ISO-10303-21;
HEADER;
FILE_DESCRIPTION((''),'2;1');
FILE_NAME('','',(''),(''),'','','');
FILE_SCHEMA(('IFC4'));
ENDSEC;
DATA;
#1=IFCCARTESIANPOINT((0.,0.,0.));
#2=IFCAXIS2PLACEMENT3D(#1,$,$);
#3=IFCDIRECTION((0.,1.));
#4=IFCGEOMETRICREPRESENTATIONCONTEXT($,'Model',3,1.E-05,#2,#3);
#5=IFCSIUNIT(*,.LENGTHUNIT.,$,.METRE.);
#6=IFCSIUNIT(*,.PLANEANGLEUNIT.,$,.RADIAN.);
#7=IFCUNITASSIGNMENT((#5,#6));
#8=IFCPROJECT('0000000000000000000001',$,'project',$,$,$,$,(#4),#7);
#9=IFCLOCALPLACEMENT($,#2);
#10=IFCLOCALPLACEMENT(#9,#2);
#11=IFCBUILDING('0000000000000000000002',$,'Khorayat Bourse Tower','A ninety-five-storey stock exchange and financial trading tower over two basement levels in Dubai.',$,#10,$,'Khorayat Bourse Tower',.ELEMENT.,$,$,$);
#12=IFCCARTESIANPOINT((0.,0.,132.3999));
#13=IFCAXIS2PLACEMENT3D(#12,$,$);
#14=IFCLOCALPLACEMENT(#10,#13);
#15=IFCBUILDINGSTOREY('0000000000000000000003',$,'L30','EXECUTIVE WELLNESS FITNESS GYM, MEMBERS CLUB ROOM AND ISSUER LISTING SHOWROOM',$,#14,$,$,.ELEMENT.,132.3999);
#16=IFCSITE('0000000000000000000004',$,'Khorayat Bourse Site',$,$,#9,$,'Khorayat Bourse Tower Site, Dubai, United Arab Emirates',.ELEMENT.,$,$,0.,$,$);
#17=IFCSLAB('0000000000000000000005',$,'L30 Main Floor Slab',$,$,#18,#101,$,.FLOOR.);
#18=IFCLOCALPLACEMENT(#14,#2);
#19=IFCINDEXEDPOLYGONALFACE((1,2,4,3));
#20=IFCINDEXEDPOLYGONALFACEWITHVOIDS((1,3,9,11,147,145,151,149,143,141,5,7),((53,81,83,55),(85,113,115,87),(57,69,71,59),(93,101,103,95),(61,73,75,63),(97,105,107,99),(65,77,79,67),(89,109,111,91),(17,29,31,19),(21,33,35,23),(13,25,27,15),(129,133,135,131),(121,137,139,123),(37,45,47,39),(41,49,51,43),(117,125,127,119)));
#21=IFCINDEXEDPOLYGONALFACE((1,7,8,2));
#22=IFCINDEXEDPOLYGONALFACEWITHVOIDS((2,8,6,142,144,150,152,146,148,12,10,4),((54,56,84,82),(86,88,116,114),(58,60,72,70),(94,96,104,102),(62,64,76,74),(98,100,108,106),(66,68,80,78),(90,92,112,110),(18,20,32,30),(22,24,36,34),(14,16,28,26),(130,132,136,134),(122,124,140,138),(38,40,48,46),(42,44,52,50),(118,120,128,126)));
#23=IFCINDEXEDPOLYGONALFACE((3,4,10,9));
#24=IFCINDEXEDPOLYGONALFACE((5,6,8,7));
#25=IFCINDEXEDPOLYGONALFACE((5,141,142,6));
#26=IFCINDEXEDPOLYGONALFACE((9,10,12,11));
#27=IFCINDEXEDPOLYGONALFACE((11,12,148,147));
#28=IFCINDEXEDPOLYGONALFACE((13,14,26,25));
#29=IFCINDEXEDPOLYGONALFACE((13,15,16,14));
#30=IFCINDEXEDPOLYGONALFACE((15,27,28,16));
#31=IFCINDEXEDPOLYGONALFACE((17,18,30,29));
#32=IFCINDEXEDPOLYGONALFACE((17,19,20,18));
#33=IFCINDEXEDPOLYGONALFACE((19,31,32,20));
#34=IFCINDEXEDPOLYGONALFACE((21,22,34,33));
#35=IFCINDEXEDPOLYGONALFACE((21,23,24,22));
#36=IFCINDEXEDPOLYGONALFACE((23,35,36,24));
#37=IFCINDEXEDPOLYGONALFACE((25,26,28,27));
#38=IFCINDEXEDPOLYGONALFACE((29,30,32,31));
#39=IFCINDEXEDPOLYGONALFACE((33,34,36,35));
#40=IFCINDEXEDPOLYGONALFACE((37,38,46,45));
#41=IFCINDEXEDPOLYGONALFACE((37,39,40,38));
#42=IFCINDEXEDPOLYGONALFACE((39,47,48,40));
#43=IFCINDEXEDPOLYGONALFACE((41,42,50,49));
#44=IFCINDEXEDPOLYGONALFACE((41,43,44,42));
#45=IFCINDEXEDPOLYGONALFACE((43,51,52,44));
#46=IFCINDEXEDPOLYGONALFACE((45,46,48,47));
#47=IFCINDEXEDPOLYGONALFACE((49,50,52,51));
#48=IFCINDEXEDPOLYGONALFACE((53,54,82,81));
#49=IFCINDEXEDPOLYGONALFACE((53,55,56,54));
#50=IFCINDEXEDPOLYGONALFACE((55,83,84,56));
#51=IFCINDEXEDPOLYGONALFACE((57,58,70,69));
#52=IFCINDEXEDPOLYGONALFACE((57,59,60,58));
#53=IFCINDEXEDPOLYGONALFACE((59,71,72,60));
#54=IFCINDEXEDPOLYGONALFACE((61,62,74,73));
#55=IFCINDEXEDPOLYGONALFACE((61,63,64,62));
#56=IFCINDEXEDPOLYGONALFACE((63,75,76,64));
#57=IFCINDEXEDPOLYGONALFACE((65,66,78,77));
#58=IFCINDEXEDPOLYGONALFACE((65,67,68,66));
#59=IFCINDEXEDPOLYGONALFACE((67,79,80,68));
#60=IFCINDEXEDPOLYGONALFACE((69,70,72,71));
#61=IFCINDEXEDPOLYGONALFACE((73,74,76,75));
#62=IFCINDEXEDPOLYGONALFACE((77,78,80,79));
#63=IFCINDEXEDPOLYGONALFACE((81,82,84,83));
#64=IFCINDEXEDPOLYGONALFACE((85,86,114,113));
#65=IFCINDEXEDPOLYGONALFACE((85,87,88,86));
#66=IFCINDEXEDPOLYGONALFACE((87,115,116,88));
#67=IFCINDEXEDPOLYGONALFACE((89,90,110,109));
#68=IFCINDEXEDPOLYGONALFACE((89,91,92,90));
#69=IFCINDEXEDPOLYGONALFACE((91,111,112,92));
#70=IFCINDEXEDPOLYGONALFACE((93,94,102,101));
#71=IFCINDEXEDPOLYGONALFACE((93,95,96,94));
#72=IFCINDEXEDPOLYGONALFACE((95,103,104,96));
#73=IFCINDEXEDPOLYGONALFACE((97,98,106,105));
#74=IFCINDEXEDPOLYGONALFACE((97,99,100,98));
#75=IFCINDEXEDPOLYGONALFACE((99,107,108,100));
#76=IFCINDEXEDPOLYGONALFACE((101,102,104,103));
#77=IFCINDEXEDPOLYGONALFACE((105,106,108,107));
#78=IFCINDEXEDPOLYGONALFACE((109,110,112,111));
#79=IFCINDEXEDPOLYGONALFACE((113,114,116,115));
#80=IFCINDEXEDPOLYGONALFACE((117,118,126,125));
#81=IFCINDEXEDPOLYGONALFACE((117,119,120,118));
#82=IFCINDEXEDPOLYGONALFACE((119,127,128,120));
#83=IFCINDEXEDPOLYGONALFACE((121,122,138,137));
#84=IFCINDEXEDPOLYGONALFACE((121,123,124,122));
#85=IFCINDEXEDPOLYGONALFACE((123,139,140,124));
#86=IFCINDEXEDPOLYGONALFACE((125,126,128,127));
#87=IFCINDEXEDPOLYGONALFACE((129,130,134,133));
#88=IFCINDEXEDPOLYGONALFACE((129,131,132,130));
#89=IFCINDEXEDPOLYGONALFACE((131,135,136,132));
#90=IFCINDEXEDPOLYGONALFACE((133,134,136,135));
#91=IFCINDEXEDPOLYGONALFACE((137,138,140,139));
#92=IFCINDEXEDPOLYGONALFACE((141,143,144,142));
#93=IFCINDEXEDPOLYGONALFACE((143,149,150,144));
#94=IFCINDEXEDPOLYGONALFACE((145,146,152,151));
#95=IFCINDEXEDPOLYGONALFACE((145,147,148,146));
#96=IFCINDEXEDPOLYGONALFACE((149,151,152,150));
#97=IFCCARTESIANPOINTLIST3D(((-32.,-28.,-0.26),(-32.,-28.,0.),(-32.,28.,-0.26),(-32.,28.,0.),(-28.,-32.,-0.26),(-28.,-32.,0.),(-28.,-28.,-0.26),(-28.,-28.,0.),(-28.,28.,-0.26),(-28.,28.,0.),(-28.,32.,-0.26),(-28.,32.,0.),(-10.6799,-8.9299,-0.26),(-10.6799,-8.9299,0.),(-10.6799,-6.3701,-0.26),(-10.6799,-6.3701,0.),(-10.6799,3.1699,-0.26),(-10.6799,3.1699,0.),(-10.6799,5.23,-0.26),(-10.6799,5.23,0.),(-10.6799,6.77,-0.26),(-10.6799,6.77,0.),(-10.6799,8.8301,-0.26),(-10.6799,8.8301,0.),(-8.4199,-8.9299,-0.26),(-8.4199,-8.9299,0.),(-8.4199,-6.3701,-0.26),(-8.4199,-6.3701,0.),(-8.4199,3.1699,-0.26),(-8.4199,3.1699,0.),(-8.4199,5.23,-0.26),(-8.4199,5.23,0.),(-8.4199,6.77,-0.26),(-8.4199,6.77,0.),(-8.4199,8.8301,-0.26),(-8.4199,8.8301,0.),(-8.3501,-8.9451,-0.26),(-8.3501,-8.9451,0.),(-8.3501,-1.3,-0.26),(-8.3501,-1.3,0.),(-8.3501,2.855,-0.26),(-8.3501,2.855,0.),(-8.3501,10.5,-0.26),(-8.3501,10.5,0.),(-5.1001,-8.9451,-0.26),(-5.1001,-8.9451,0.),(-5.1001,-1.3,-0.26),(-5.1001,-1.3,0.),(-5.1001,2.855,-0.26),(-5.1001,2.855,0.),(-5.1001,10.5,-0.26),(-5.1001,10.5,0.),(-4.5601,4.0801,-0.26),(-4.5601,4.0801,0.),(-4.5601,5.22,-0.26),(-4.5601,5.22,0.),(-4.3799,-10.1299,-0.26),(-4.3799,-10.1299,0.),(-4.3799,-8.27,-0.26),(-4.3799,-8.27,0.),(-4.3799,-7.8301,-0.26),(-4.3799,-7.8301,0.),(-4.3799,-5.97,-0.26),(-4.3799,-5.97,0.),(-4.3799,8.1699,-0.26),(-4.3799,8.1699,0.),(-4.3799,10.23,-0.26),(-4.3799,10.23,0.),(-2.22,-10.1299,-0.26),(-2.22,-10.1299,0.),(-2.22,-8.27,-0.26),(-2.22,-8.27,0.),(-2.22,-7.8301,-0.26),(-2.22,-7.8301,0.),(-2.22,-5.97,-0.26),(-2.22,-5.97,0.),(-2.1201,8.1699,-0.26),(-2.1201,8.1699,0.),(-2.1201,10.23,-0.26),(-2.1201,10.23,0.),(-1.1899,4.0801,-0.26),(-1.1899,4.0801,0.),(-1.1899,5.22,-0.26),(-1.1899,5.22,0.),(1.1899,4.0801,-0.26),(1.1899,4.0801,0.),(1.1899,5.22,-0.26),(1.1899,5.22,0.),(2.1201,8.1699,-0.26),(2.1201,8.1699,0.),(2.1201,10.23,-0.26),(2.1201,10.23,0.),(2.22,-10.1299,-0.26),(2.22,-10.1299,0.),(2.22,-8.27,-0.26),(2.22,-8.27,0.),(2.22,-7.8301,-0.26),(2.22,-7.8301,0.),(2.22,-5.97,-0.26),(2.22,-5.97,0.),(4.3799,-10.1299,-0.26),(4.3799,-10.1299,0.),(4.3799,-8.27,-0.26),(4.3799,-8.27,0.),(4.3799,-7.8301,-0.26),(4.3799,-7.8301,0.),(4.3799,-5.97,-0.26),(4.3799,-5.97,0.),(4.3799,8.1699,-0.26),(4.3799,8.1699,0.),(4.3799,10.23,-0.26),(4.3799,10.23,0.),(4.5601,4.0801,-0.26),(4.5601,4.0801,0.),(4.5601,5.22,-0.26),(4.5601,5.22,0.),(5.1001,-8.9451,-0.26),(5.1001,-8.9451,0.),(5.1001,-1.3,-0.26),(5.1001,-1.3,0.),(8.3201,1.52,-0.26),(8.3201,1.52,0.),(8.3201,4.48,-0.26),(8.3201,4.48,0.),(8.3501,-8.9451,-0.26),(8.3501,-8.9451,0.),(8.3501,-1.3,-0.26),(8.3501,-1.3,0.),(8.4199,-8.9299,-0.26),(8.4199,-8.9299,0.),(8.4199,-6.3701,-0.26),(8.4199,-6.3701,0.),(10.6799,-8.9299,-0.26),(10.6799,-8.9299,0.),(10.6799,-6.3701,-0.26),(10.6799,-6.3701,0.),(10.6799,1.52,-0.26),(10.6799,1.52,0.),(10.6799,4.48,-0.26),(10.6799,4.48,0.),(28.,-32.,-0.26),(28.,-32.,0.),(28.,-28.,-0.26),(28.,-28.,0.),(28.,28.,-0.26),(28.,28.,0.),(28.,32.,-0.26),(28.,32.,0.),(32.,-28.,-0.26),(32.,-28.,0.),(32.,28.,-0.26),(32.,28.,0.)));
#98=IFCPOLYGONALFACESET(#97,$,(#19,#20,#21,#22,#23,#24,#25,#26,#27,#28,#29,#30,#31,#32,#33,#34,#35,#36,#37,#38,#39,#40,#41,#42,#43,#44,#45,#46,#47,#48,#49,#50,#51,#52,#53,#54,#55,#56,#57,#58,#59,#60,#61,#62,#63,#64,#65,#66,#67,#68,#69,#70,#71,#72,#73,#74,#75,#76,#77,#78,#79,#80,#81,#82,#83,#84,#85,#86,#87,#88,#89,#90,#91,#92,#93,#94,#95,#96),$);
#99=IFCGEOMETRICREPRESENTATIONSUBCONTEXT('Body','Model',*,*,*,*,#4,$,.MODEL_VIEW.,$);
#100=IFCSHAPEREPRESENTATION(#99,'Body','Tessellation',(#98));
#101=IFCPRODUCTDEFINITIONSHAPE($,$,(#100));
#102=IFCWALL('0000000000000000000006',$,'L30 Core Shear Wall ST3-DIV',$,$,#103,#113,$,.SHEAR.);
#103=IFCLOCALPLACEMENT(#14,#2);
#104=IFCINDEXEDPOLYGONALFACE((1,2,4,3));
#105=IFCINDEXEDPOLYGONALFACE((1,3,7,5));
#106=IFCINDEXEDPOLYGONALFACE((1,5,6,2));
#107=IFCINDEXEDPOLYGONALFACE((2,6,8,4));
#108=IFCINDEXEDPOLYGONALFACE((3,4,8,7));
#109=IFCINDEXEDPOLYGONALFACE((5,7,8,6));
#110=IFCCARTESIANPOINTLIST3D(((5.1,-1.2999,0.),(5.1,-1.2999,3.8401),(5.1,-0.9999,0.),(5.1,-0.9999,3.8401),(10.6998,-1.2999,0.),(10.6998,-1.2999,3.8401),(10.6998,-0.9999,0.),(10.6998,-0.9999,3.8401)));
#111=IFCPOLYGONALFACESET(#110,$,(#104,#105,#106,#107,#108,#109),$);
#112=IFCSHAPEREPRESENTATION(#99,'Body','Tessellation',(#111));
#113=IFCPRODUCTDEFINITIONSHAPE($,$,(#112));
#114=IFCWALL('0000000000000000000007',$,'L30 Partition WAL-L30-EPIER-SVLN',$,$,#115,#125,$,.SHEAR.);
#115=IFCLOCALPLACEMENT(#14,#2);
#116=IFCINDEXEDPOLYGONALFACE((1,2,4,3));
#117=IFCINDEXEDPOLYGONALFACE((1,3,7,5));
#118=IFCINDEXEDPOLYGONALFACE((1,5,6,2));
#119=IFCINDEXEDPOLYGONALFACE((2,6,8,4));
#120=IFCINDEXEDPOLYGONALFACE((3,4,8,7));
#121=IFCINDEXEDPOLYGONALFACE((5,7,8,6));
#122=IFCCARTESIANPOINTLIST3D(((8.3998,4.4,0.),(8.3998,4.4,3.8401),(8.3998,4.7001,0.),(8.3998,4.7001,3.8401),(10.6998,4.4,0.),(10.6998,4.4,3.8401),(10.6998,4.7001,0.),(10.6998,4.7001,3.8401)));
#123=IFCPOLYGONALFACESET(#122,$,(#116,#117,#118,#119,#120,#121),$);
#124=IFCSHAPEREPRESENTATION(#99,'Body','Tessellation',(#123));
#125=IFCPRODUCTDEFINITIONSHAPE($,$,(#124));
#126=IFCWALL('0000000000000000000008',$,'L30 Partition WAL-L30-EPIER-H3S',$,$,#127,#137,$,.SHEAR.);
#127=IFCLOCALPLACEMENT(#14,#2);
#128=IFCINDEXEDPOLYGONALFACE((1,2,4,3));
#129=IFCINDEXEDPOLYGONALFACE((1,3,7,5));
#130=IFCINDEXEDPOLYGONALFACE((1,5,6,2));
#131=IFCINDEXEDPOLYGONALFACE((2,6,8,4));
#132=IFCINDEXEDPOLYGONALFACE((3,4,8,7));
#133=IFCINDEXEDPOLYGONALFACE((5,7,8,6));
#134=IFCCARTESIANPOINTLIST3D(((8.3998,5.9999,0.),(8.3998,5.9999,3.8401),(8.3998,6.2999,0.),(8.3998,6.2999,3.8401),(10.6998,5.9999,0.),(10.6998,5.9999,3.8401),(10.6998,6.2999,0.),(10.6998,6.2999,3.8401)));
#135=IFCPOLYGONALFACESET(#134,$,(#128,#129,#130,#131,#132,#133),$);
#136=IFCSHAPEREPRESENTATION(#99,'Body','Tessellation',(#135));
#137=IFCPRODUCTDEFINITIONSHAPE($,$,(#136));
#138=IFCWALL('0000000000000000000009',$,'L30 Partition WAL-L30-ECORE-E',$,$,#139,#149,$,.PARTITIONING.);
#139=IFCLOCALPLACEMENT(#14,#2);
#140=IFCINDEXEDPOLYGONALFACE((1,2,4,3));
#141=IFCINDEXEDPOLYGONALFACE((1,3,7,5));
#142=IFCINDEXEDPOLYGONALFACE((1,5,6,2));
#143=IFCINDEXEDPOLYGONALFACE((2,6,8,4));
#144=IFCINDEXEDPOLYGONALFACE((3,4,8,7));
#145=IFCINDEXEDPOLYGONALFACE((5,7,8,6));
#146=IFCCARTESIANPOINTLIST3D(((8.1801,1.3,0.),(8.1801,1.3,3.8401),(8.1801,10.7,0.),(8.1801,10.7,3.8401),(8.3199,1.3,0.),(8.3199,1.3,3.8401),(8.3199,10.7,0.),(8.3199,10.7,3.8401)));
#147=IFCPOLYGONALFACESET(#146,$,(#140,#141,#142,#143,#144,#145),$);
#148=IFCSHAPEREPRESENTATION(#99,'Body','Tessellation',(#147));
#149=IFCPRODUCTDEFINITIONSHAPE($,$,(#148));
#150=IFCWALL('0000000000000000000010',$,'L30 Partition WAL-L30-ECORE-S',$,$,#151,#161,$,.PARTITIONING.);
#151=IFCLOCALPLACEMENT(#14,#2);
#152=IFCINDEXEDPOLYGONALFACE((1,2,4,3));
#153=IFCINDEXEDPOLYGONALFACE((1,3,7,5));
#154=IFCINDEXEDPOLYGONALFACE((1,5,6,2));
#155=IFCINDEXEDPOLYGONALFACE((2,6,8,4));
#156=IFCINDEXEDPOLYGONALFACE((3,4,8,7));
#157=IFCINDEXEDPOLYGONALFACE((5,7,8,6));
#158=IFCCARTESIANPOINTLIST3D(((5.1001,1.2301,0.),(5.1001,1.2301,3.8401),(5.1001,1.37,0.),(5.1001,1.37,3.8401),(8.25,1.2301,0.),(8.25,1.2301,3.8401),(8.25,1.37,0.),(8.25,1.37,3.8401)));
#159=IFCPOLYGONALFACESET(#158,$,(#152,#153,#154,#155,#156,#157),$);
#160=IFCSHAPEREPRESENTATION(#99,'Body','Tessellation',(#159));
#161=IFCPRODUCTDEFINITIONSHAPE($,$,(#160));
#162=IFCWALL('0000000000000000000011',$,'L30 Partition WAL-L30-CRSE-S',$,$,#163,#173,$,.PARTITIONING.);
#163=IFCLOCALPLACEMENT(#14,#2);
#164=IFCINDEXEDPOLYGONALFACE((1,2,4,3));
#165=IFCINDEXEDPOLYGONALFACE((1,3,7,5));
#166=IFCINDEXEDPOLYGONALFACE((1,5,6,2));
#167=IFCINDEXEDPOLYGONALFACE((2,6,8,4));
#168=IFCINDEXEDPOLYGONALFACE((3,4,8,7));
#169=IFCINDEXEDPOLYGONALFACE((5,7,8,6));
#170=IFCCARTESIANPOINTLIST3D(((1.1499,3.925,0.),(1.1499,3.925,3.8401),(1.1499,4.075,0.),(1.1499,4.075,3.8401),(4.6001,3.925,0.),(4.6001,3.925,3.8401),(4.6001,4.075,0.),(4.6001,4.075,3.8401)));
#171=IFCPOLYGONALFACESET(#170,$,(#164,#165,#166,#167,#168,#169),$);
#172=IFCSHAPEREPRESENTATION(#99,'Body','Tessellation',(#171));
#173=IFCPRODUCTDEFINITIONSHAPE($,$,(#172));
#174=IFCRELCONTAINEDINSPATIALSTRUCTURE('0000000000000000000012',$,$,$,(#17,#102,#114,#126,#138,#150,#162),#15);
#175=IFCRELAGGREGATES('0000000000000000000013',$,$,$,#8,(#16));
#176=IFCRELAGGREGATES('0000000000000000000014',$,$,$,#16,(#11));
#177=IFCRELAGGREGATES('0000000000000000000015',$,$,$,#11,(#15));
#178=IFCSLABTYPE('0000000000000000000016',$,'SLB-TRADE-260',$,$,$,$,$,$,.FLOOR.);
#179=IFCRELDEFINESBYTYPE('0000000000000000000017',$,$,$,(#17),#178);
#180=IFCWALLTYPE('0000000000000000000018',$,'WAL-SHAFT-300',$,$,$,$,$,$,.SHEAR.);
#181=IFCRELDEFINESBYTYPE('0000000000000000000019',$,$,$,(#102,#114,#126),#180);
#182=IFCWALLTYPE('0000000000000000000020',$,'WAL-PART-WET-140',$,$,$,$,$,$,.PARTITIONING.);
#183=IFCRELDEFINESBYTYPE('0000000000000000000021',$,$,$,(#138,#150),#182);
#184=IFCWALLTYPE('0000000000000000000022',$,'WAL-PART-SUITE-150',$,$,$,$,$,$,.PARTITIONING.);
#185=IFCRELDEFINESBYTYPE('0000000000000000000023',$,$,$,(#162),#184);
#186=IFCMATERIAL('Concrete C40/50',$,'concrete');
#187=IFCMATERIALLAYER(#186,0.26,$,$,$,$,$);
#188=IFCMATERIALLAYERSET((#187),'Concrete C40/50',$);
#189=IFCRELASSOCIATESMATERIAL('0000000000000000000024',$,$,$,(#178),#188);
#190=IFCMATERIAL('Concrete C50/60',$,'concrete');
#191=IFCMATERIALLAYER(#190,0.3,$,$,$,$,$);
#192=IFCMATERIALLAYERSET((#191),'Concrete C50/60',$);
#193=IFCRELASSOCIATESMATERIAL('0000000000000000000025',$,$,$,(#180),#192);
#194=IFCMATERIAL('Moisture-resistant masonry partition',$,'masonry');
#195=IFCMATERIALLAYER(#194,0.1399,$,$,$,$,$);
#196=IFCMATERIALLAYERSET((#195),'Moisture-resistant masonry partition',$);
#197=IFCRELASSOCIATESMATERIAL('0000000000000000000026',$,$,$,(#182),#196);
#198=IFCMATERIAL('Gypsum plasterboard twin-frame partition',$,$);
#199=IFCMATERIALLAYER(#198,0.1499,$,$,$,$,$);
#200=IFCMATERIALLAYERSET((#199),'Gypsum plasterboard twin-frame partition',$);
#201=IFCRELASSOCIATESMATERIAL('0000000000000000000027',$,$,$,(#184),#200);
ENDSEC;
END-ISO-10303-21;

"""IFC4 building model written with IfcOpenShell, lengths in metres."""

from ifc_helpers import new_model, si_unit, direction, frame, frame_2d, origin, place, context, subcontext, project, spatial, polyline, rectangle, outline, extrude, source, transform, mapped, material, layer, layer_set, type_object, element, save


model = new_model("IFC4")

# Units and contexts
model_context = context("Model", 3, precision=1e-05, world=origin(), true_north=direction((0.0, 1.0)))
body_context = subcontext(model_context, "Body", "Model", "MODEL_VIEW")
ifc_project = project(units=[si_unit("LENGTHUNIT", "METRE"), si_unit("PLANEANGLEUNIT", "RADIAN")], contexts=[model_context])

# Site, building, storey
site_placement = place(None, origin())
site = spatial("IfcSite", under=ifc_project, at=site_placement, Name="Khorayat Bourse Site", LongName="Khorayat Bourse Tower Site, Dubai, United Arab Emirates", CompositionType="ELEMENT", RefElevation=0.0)
building_placement = place(site_placement, origin())
building = spatial("IfcBuilding", under=site, at=building_placement, Name="Khorayat Bourse Tower", Description="A ninety-five-storey stock exchange and financial trading tower over two basement levels in Dubai.", LongName="Khorayat Bourse Tower", CompositionType="ELEMENT")
storey_placement = place(building_placement, frame((0.0, 0.0, 132.3999)))
storey = spatial("IfcBuildingStorey", under=building, at=storey_placement, Name="L30", Description="EXECUTIVE WELLNESS FITNESS GYM, MEMBERS CLUB ROOM AND ISSUER LISTING SHOWROOM", CompositionType="ELEMENT", Elevation=132.3999)

# Shared definitions
ifc_material_1 = material(Name="Concrete C40/50", Category="concrete")

# Slab
ifc_layer_1 = layer(ifc_material_1, 0.26)
ifc_layer_set_1 = layer_set([ifc_layer_1], Name="Concrete C40/50")
slab_type_1 = type_object("IfcSlabType", Name="SLB-TRADE-260", PredefinedType="FLOOR", material=ifc_layer_set_1)
slab_1_placement = place(storey_placement, frame((0.0, 0.0, -0.26)))
element("IfcSlab", 1, at=slab_1_placement, inside=storey, type_object=slab_type_1, Name="L30 Main Floor Slab", PredefinedType="FLOOR", context=body_context, shape_type="SweptSolid", body=[
    extrude(outline(polyline([(-28.0, -32.0), (28.0, -32.0), (28.0, -28.0), (32.0, -28.0), (32.0, 28.0), (28.0, 28.0), (28.0, 32.0), (-28.0, 32.0), (-28.0, 28.0), (-32.0, 28.0), (-32.0, -28.0), (-28.0, -28.0), (-28.0, -32.0)]), holes=[polyline([(-8.3501, -8.9451), (-5.1001, -8.9451), (-5.1001, -1.3), (-8.3501, -1.3), (-8.3501, -8.9451)]), polyline([(-8.3501, 2.855), (-5.1001, 2.855), (-5.1001, 10.5), (-8.3501, 10.5), (-8.3501, 2.855)]), polyline([(5.1001, -8.9451), (8.3501, -8.9451), (8.3501, -1.3), (5.1001, -1.3), (5.1001, -8.9451)]), polyline([(-4.3799, -10.1299), (-2.22, -10.1299), (-2.22, -8.27), (-4.3799, -8.27), (-4.3799, -10.1299)]), polyline([(2.22, -10.1299), (4.3799, -10.1299), (4.3799, -8.27), (2.22, -8.27), (2.22, -10.1299)]), polyline([(-4.3799, -7.8301), (-2.22, -7.8301), (-2.22, -5.97), (-4.3799, -5.97), (-4.3799, -7.8301)]), polyline([(2.22, -7.8301), (4.3799, -7.8301), (4.3799, -5.97), (2.22, -5.97), (2.22, -7.8301)]), polyline([(-4.3799, 8.1699), (-2.1201, 8.1699), (-2.1201, 10.23), (-4.3799, 10.23), (-4.3799, 8.1699)]), polyline([(2.1201, 8.1699), (4.3799, 8.1699), (4.3799, 10.23), (2.1201, 10.23), (2.1201, 8.1699)]), polyline([(-10.6799, 3.1699), (-8.4199, 3.1699), (-8.4199, 5.23), (-10.6799, 5.23), (-10.6799, 3.1699)]), polyline([(-10.6799, 6.77), (-8.4199, 6.77), (-8.4199, 8.8301), (-10.6799, 8.8301), (-10.6799, 6.77)]), polyline([(-10.6799, -8.9299), (-8.4199, -8.9299), (-8.4199, -6.3701), (-10.6799, -6.3701), (-10.6799, -8.9299)]), polyline([(8.4199, -8.9299), (10.6799, -8.9299), (10.6799, -6.3701), (8.4199, -6.3701), (8.4199, -8.9299)]), polyline([(8.3201, 1.52), (10.6799, 1.52), (10.6799, 4.48), (8.3201, 4.48), (8.3201, 1.52)]), polyline([(-4.5601, 4.0801), (-1.1899, 4.0801), (-1.1899, 5.22), (-4.5601, 5.22), (-4.5601, 4.0801)]), polyline([(1.1899, 4.0801), (4.5601, 4.0801), (4.5601, 5.22), (1.1899, 5.22), (1.1899, 4.0801)])]), origin(), (0.0, 0.0, 1.0), 0.26),
])

# Walls
ifc_material_2 = material(Name="Concrete C50/60", Category="concrete")
ifc_layer_2 = layer(ifc_material_2, 0.3)
ifc_layer_set_2 = layer_set([ifc_layer_2], Name="Concrete C50/60")
wall_type_1 = type_object("IfcWallType", Name="WAL-SHAFT-300", PredefinedType="SHEAR", material=ifc_layer_set_2)
shared_shape_1 = source(origin(), body_context, "Body", "SweptSolid", [
    extrude(rectangle(XDim=5.5999, YDim=0.3, at=frame_2d((2.7998, 0.0))), origin(), (0.0, 0.0, 1.0), 3.8401),
])
wall_1_placement = place(storey_placement, frame((5.1001, -1.1499, 0.0), z_axis=(0.0, 0.0, 1.0), x_axis=(1.0, 0.0, 0.0)))
element("IfcWall", 2, at=wall_1_placement, inside=storey, type_object=wall_type_1, Name="L30 Core Shear Wall ST3-DIV", PredefinedType="SHEAR", context=body_context, shape_type="MappedRepresentation", body=[
    mapped(shared_shape_1, transform((0.0, 0.0, 0.0), scale=1.0)),
])
shared_shape_2 = source(origin(), body_context, "Body", "SweptSolid", [
    extrude(rectangle(XDim=2.3, YDim=0.3, at=frame_2d((1.1499, 0.0))), origin(), (0.0, 0.0, 1.0), 3.8401),
])
for number, where, z_axis, x_axis, name in (
    (3, (8.3999, 4.55, 0.0), (0.0, 0.0, 1.0), (1.0, 0.0, 0.0), "L30 Partition WAL-L30-EPIER-SVLN"),
    (4, (8.3999, 6.1499, 0.0), (0.0, 0.0, 1.0), (1.0, 0.0, 0.0), "L30 Partition WAL-L30-EPIER-H3S"),
):
    element("IfcWall", number, at=place(storey_placement, frame(where, z_axis=z_axis, x_axis=x_axis)), inside=storey, type_object=wall_type_1, Name=name, PredefinedType="SHEAR", context=body_context, shape_type="MappedRepresentation", body=[
        mapped(shared_shape_2, transform((0.0, 0.0, 0.0), scale=1.0)),
    ])
ifc_material_3 = material(Name="Moisture-resistant masonry partition", Category="masonry")
ifc_layer_3 = layer(ifc_material_3, 0.1399)
ifc_layer_set_3 = layer_set([ifc_layer_3], Name="Moisture-resistant masonry partition")
wall_type_2 = type_object("IfcWallType", Name="WAL-PART-WET-140", PredefinedType="PARTITIONING", material=ifc_layer_set_3)
shared_shape_3 = source(origin(), body_context, "Body", "SweptSolid", [
    extrude(rectangle(XDim=9.3999, YDim=0.1399, at=frame_2d((4.7, 0.0))), origin(), (0.0, 0.0, 1.0), 3.8401),
])
wall_2_placement = place(storey_placement, frame((8.25, 1.3, 0.0), z_axis=(0.0, 0.0, 1.0), x_axis=(0.0, 1.0, 0.0)))
element("IfcWall", 5, at=wall_2_placement, inside=storey, type_object=wall_type_2, Name="L30 Partition WAL-L30-ECORE-E", PredefinedType="PARTITIONING", context=body_context, shape_type="MappedRepresentation", body=[
    mapped(shared_shape_3, transform((0.0, 0.0, 0.0), scale=1.0)),
])
shared_shape_4 = source(origin(), body_context, "Body", "SweptSolid", [
    extrude(rectangle(XDim=3.1499, YDim=0.1399, at=frame_2d((1.575, 0.0))), origin(), (0.0, 0.0, 1.0), 3.8401),
])
wall_3_placement = place(storey_placement, frame((5.1001, 1.3, 0.0), z_axis=(0.0, 0.0, 1.0), x_axis=(1.0, 0.0, 0.0)))
element("IfcWall", 6, at=wall_3_placement, inside=storey, type_object=wall_type_2, Name="L30 Partition WAL-L30-ECORE-S", PredefinedType="PARTITIONING", context=body_context, shape_type="MappedRepresentation", body=[
    mapped(shared_shape_4, transform((0.0, 0.0, 0.0), scale=1.0)),
])

# Wall
ifc_material_4 = material(Name="Gypsum plasterboard twin-frame partition")
ifc_layer_4 = layer(ifc_material_4, 0.1499)
ifc_layer_set_4 = layer_set([ifc_layer_4], Name="Gypsum plasterboard twin-frame partition")
wall_type_3 = type_object("IfcWallType", Name="WAL-PART-SUITE-150", PredefinedType="PARTITIONING", material=ifc_layer_set_4)
shared_shape_5 = source(origin(), body_context, "Body", "SweptSolid", [
    extrude(rectangle(XDim=3.4502, YDim=0.1499, at=frame_2d((1.7251, 0.0))), origin(), (0.0, 0.0, 1.0), 3.8401),
])
wall_4_placement = place(storey_placement, frame((1.1499, 4.0, 0.0), z_axis=(0.0, 0.0, 1.0), x_axis=(1.0, 0.0, 0.0)))
element("IfcWall", 7, at=wall_4_placement, inside=storey, type_object=wall_type_3, Name="L30 Partition WAL-L30-CRSE-S", PredefinedType="PARTITIONING", context=body_context, shape_type="MappedRepresentation", body=[
    mapped(shared_shape_5, transform((0.0, 0.0, 0.0), scale=1.0)),
])

save(model, "model.ifc")
